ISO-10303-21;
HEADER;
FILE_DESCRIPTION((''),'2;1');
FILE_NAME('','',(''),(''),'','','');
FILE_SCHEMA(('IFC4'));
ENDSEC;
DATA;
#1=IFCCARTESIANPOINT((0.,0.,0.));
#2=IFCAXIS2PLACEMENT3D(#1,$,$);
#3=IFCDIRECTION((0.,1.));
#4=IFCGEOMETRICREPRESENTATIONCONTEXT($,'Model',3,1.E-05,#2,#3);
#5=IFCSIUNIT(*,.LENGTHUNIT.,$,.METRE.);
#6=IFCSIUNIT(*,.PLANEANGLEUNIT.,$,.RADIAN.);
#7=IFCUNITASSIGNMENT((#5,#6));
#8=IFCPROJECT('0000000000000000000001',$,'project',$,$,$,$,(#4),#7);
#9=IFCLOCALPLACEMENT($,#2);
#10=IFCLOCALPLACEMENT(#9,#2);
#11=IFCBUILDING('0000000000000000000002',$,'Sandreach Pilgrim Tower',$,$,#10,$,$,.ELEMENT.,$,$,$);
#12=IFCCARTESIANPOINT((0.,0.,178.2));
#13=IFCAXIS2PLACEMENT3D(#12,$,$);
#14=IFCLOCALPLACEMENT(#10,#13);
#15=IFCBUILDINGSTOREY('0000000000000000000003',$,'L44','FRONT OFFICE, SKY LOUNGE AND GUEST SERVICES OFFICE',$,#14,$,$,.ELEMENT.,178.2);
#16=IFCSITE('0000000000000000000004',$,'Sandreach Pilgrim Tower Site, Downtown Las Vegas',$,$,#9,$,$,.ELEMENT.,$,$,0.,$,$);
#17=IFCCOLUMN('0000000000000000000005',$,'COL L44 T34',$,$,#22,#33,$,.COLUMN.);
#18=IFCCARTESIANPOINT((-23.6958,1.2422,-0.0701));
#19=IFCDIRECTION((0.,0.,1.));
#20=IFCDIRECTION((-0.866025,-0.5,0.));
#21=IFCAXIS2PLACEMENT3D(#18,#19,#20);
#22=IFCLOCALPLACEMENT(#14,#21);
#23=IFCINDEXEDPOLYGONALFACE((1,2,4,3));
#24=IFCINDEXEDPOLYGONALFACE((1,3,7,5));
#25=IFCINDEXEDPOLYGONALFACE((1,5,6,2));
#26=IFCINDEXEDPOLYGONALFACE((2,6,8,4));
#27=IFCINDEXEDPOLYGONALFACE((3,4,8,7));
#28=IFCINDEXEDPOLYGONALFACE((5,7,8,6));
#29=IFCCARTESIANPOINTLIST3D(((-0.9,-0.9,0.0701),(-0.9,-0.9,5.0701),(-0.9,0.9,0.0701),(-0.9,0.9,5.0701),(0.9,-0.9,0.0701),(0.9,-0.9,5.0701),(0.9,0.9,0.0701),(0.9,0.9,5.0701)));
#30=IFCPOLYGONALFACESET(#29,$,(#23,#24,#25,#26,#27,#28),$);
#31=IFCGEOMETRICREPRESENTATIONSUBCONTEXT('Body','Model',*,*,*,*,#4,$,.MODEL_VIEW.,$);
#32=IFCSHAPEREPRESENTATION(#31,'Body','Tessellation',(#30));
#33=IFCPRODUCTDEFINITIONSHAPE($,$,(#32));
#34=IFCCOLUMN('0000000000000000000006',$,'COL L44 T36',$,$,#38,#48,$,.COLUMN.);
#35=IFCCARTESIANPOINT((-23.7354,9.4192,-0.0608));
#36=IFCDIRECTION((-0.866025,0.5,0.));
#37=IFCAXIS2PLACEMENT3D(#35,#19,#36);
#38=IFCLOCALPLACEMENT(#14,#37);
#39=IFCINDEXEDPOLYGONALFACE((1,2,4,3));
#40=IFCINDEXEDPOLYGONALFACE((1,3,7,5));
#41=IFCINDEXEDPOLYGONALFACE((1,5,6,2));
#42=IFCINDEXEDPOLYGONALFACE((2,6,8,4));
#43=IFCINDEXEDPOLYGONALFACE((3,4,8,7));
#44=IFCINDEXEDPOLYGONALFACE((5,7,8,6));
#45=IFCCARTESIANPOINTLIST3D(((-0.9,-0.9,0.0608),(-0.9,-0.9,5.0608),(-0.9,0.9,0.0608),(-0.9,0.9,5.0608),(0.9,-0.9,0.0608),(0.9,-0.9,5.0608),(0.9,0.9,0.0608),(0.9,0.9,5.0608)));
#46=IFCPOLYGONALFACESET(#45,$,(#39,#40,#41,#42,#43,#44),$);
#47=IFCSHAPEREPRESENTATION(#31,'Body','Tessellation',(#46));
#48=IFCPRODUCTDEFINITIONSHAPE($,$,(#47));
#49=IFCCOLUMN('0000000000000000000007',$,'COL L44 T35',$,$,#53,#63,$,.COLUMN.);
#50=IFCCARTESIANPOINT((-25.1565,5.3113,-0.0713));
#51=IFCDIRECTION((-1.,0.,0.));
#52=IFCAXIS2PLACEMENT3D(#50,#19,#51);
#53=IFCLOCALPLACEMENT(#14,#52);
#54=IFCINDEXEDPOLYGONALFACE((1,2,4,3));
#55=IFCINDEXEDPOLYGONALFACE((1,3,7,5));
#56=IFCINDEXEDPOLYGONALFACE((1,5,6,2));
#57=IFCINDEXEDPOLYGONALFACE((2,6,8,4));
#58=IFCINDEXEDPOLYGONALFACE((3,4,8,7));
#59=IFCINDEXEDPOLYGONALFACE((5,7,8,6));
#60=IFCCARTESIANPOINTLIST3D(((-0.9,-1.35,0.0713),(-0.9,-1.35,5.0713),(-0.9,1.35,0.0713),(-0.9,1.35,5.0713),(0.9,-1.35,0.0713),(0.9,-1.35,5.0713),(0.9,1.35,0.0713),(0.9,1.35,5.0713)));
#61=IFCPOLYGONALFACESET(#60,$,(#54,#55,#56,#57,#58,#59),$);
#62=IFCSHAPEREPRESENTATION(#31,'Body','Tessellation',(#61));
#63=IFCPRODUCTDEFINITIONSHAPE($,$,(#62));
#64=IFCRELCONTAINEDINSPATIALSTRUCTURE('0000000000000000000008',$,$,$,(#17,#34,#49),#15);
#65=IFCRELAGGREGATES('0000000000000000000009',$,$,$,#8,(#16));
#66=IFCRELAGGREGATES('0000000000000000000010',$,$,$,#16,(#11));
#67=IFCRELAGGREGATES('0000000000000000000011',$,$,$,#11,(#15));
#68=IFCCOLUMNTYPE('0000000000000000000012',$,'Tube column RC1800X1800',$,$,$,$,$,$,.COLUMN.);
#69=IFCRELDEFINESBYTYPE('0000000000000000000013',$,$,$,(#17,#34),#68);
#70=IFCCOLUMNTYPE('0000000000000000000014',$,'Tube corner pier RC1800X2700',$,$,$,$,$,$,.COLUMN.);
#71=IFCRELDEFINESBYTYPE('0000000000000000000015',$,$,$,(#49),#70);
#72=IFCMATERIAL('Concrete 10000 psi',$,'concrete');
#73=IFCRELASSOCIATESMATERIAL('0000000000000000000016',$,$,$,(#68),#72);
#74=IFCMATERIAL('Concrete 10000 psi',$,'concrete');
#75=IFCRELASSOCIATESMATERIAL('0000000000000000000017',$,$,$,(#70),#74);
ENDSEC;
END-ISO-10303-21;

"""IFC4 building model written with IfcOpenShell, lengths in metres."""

from ifc_helpers import new_model, si_unit, direction, frame, origin, origin_2d, place, context, subcontext, project, spatial, rectangle, extrude, clip, halfspace, material, material_profile, profile_set, type_object, element, save


model = new_model("IFC4")

# Units and contexts
model_context = context("Model", 3, precision=1e-05, world=origin(), true_north=direction((0.0, 1.0)))
body_context = subcontext(model_context, "Body", "Model", "MODEL_VIEW")
ifc_project = project(units=[si_unit("LENGTHUNIT", "METRE"), si_unit("PLANEANGLEUNIT", "RADIAN")], contexts=[model_context])

# Site, building, storey
site_placement = place(None, origin())
site = spatial("IfcSite", under=ifc_project, at=site_placement, Name="Sandreach Pilgrim Tower Site, Downtown Las Vegas", CompositionType="ELEMENT", RefElevation=0.0)
building_placement = place(site_placement, origin())
building = spatial("IfcBuilding", under=site, at=building_placement, Name="Sandreach Pilgrim Tower", CompositionType="ELEMENT")
storey_placement = place(building_placement, frame((0.0, 0.0, 178.2)))
storey = spatial("IfcBuildingStorey", under=building, at=storey_placement, Name="L44", Description="FRONT OFFICE, SKY LOUNGE AND GUEST SERVICES OFFICE", CompositionType="ELEMENT", Elevation=178.2)

# Columns
ifc_material_1 = material(Name="Concrete 10000 psi", Category="concrete")
ifc_material_profile_1 = material_profile(ifc_material_1, rectangle(XDim=1.8, YDim=1.8, at=origin_2d()), Name="RC1800X1800")
ifc_profile_set_1 = profile_set([ifc_material_profile_1], Name="Concrete 10000 psi")
column_type_1 = type_object("IfcColumnType", Name="Tube column RC1800X1800", PredefinedType="COLUMN", material=ifc_profile_set_1)
column_1_placement = place(storey_placement, frame((-23.6958, 1.2422, -0.0701), z_axis=(0.0, 0.0, 1.0), x_axis=(-0.866025, -0.5, 0.0)))
element("IfcColumn", 1, at=column_1_placement, inside=storey, type_object=column_type_1, Name="COL L44 T34", PredefinedType="COLUMN", context=body_context, shape_type="SweptSolid", body=[
    clip(extrude(rectangle(XDim=1.8, YDim=1.8, at=origin_2d()), origin(), (0.0, 0.0, 1.0), 5.0701), halfspace(frame((0.0, 0.0, 0.0701)), True)),
])
column_2_placement = place(storey_placement, frame((-23.7354, 9.4192, -0.0608), z_axis=(0.0, 0.0, 1.0), x_axis=(-0.866025, 0.5, 0.0)))
element("IfcColumn", 2, at=column_2_placement, inside=storey, type_object=column_type_1, Name="COL L44 T36", PredefinedType="COLUMN", context=body_context, shape_type="SweptSolid", body=[
    clip(extrude(rectangle(XDim=1.8, YDim=1.8, at=origin_2d()), origin(), (0.0, 0.0, 1.0), 5.0608), halfspace(frame((0.0, 0.0, 0.0608)), True)),
])
ifc_material_2 = material(Name="Concrete 10000 psi", Category="concrete")
ifc_material_profile_2 = material_profile(ifc_material_2, rectangle(XDim=1.8, YDim=2.7, at=origin_2d()), Name="RC1800X2700")
ifc_profile_set_2 = profile_set([ifc_material_profile_2], Name="Concrete 10000 psi")
column_type_2 = type_object("IfcColumnType", Name="Tube corner pier RC1800X2700", PredefinedType="COLUMN", material=ifc_profile_set_2)
column_3_placement = place(storey_placement, frame((-25.1565, 5.3113, -0.0713), z_axis=(0.0, 0.0, 1.0), x_axis=(-1.0, 0.0, 0.0)))
element("IfcColumn", 3, at=column_3_placement, inside=storey, type_object=column_type_2, Name="COL L44 T35", PredefinedType="COLUMN", context=body_context, shape_type="SweptSolid", body=[
    clip(extrude(rectangle(XDim=1.8, YDim=2.7, at=origin_2d()), origin(), (0.0, 0.0, 1.0), 5.0713), halfspace(frame((0.0, 0.0, 0.0713)), True)),
])

save(model, "model.ifc")
